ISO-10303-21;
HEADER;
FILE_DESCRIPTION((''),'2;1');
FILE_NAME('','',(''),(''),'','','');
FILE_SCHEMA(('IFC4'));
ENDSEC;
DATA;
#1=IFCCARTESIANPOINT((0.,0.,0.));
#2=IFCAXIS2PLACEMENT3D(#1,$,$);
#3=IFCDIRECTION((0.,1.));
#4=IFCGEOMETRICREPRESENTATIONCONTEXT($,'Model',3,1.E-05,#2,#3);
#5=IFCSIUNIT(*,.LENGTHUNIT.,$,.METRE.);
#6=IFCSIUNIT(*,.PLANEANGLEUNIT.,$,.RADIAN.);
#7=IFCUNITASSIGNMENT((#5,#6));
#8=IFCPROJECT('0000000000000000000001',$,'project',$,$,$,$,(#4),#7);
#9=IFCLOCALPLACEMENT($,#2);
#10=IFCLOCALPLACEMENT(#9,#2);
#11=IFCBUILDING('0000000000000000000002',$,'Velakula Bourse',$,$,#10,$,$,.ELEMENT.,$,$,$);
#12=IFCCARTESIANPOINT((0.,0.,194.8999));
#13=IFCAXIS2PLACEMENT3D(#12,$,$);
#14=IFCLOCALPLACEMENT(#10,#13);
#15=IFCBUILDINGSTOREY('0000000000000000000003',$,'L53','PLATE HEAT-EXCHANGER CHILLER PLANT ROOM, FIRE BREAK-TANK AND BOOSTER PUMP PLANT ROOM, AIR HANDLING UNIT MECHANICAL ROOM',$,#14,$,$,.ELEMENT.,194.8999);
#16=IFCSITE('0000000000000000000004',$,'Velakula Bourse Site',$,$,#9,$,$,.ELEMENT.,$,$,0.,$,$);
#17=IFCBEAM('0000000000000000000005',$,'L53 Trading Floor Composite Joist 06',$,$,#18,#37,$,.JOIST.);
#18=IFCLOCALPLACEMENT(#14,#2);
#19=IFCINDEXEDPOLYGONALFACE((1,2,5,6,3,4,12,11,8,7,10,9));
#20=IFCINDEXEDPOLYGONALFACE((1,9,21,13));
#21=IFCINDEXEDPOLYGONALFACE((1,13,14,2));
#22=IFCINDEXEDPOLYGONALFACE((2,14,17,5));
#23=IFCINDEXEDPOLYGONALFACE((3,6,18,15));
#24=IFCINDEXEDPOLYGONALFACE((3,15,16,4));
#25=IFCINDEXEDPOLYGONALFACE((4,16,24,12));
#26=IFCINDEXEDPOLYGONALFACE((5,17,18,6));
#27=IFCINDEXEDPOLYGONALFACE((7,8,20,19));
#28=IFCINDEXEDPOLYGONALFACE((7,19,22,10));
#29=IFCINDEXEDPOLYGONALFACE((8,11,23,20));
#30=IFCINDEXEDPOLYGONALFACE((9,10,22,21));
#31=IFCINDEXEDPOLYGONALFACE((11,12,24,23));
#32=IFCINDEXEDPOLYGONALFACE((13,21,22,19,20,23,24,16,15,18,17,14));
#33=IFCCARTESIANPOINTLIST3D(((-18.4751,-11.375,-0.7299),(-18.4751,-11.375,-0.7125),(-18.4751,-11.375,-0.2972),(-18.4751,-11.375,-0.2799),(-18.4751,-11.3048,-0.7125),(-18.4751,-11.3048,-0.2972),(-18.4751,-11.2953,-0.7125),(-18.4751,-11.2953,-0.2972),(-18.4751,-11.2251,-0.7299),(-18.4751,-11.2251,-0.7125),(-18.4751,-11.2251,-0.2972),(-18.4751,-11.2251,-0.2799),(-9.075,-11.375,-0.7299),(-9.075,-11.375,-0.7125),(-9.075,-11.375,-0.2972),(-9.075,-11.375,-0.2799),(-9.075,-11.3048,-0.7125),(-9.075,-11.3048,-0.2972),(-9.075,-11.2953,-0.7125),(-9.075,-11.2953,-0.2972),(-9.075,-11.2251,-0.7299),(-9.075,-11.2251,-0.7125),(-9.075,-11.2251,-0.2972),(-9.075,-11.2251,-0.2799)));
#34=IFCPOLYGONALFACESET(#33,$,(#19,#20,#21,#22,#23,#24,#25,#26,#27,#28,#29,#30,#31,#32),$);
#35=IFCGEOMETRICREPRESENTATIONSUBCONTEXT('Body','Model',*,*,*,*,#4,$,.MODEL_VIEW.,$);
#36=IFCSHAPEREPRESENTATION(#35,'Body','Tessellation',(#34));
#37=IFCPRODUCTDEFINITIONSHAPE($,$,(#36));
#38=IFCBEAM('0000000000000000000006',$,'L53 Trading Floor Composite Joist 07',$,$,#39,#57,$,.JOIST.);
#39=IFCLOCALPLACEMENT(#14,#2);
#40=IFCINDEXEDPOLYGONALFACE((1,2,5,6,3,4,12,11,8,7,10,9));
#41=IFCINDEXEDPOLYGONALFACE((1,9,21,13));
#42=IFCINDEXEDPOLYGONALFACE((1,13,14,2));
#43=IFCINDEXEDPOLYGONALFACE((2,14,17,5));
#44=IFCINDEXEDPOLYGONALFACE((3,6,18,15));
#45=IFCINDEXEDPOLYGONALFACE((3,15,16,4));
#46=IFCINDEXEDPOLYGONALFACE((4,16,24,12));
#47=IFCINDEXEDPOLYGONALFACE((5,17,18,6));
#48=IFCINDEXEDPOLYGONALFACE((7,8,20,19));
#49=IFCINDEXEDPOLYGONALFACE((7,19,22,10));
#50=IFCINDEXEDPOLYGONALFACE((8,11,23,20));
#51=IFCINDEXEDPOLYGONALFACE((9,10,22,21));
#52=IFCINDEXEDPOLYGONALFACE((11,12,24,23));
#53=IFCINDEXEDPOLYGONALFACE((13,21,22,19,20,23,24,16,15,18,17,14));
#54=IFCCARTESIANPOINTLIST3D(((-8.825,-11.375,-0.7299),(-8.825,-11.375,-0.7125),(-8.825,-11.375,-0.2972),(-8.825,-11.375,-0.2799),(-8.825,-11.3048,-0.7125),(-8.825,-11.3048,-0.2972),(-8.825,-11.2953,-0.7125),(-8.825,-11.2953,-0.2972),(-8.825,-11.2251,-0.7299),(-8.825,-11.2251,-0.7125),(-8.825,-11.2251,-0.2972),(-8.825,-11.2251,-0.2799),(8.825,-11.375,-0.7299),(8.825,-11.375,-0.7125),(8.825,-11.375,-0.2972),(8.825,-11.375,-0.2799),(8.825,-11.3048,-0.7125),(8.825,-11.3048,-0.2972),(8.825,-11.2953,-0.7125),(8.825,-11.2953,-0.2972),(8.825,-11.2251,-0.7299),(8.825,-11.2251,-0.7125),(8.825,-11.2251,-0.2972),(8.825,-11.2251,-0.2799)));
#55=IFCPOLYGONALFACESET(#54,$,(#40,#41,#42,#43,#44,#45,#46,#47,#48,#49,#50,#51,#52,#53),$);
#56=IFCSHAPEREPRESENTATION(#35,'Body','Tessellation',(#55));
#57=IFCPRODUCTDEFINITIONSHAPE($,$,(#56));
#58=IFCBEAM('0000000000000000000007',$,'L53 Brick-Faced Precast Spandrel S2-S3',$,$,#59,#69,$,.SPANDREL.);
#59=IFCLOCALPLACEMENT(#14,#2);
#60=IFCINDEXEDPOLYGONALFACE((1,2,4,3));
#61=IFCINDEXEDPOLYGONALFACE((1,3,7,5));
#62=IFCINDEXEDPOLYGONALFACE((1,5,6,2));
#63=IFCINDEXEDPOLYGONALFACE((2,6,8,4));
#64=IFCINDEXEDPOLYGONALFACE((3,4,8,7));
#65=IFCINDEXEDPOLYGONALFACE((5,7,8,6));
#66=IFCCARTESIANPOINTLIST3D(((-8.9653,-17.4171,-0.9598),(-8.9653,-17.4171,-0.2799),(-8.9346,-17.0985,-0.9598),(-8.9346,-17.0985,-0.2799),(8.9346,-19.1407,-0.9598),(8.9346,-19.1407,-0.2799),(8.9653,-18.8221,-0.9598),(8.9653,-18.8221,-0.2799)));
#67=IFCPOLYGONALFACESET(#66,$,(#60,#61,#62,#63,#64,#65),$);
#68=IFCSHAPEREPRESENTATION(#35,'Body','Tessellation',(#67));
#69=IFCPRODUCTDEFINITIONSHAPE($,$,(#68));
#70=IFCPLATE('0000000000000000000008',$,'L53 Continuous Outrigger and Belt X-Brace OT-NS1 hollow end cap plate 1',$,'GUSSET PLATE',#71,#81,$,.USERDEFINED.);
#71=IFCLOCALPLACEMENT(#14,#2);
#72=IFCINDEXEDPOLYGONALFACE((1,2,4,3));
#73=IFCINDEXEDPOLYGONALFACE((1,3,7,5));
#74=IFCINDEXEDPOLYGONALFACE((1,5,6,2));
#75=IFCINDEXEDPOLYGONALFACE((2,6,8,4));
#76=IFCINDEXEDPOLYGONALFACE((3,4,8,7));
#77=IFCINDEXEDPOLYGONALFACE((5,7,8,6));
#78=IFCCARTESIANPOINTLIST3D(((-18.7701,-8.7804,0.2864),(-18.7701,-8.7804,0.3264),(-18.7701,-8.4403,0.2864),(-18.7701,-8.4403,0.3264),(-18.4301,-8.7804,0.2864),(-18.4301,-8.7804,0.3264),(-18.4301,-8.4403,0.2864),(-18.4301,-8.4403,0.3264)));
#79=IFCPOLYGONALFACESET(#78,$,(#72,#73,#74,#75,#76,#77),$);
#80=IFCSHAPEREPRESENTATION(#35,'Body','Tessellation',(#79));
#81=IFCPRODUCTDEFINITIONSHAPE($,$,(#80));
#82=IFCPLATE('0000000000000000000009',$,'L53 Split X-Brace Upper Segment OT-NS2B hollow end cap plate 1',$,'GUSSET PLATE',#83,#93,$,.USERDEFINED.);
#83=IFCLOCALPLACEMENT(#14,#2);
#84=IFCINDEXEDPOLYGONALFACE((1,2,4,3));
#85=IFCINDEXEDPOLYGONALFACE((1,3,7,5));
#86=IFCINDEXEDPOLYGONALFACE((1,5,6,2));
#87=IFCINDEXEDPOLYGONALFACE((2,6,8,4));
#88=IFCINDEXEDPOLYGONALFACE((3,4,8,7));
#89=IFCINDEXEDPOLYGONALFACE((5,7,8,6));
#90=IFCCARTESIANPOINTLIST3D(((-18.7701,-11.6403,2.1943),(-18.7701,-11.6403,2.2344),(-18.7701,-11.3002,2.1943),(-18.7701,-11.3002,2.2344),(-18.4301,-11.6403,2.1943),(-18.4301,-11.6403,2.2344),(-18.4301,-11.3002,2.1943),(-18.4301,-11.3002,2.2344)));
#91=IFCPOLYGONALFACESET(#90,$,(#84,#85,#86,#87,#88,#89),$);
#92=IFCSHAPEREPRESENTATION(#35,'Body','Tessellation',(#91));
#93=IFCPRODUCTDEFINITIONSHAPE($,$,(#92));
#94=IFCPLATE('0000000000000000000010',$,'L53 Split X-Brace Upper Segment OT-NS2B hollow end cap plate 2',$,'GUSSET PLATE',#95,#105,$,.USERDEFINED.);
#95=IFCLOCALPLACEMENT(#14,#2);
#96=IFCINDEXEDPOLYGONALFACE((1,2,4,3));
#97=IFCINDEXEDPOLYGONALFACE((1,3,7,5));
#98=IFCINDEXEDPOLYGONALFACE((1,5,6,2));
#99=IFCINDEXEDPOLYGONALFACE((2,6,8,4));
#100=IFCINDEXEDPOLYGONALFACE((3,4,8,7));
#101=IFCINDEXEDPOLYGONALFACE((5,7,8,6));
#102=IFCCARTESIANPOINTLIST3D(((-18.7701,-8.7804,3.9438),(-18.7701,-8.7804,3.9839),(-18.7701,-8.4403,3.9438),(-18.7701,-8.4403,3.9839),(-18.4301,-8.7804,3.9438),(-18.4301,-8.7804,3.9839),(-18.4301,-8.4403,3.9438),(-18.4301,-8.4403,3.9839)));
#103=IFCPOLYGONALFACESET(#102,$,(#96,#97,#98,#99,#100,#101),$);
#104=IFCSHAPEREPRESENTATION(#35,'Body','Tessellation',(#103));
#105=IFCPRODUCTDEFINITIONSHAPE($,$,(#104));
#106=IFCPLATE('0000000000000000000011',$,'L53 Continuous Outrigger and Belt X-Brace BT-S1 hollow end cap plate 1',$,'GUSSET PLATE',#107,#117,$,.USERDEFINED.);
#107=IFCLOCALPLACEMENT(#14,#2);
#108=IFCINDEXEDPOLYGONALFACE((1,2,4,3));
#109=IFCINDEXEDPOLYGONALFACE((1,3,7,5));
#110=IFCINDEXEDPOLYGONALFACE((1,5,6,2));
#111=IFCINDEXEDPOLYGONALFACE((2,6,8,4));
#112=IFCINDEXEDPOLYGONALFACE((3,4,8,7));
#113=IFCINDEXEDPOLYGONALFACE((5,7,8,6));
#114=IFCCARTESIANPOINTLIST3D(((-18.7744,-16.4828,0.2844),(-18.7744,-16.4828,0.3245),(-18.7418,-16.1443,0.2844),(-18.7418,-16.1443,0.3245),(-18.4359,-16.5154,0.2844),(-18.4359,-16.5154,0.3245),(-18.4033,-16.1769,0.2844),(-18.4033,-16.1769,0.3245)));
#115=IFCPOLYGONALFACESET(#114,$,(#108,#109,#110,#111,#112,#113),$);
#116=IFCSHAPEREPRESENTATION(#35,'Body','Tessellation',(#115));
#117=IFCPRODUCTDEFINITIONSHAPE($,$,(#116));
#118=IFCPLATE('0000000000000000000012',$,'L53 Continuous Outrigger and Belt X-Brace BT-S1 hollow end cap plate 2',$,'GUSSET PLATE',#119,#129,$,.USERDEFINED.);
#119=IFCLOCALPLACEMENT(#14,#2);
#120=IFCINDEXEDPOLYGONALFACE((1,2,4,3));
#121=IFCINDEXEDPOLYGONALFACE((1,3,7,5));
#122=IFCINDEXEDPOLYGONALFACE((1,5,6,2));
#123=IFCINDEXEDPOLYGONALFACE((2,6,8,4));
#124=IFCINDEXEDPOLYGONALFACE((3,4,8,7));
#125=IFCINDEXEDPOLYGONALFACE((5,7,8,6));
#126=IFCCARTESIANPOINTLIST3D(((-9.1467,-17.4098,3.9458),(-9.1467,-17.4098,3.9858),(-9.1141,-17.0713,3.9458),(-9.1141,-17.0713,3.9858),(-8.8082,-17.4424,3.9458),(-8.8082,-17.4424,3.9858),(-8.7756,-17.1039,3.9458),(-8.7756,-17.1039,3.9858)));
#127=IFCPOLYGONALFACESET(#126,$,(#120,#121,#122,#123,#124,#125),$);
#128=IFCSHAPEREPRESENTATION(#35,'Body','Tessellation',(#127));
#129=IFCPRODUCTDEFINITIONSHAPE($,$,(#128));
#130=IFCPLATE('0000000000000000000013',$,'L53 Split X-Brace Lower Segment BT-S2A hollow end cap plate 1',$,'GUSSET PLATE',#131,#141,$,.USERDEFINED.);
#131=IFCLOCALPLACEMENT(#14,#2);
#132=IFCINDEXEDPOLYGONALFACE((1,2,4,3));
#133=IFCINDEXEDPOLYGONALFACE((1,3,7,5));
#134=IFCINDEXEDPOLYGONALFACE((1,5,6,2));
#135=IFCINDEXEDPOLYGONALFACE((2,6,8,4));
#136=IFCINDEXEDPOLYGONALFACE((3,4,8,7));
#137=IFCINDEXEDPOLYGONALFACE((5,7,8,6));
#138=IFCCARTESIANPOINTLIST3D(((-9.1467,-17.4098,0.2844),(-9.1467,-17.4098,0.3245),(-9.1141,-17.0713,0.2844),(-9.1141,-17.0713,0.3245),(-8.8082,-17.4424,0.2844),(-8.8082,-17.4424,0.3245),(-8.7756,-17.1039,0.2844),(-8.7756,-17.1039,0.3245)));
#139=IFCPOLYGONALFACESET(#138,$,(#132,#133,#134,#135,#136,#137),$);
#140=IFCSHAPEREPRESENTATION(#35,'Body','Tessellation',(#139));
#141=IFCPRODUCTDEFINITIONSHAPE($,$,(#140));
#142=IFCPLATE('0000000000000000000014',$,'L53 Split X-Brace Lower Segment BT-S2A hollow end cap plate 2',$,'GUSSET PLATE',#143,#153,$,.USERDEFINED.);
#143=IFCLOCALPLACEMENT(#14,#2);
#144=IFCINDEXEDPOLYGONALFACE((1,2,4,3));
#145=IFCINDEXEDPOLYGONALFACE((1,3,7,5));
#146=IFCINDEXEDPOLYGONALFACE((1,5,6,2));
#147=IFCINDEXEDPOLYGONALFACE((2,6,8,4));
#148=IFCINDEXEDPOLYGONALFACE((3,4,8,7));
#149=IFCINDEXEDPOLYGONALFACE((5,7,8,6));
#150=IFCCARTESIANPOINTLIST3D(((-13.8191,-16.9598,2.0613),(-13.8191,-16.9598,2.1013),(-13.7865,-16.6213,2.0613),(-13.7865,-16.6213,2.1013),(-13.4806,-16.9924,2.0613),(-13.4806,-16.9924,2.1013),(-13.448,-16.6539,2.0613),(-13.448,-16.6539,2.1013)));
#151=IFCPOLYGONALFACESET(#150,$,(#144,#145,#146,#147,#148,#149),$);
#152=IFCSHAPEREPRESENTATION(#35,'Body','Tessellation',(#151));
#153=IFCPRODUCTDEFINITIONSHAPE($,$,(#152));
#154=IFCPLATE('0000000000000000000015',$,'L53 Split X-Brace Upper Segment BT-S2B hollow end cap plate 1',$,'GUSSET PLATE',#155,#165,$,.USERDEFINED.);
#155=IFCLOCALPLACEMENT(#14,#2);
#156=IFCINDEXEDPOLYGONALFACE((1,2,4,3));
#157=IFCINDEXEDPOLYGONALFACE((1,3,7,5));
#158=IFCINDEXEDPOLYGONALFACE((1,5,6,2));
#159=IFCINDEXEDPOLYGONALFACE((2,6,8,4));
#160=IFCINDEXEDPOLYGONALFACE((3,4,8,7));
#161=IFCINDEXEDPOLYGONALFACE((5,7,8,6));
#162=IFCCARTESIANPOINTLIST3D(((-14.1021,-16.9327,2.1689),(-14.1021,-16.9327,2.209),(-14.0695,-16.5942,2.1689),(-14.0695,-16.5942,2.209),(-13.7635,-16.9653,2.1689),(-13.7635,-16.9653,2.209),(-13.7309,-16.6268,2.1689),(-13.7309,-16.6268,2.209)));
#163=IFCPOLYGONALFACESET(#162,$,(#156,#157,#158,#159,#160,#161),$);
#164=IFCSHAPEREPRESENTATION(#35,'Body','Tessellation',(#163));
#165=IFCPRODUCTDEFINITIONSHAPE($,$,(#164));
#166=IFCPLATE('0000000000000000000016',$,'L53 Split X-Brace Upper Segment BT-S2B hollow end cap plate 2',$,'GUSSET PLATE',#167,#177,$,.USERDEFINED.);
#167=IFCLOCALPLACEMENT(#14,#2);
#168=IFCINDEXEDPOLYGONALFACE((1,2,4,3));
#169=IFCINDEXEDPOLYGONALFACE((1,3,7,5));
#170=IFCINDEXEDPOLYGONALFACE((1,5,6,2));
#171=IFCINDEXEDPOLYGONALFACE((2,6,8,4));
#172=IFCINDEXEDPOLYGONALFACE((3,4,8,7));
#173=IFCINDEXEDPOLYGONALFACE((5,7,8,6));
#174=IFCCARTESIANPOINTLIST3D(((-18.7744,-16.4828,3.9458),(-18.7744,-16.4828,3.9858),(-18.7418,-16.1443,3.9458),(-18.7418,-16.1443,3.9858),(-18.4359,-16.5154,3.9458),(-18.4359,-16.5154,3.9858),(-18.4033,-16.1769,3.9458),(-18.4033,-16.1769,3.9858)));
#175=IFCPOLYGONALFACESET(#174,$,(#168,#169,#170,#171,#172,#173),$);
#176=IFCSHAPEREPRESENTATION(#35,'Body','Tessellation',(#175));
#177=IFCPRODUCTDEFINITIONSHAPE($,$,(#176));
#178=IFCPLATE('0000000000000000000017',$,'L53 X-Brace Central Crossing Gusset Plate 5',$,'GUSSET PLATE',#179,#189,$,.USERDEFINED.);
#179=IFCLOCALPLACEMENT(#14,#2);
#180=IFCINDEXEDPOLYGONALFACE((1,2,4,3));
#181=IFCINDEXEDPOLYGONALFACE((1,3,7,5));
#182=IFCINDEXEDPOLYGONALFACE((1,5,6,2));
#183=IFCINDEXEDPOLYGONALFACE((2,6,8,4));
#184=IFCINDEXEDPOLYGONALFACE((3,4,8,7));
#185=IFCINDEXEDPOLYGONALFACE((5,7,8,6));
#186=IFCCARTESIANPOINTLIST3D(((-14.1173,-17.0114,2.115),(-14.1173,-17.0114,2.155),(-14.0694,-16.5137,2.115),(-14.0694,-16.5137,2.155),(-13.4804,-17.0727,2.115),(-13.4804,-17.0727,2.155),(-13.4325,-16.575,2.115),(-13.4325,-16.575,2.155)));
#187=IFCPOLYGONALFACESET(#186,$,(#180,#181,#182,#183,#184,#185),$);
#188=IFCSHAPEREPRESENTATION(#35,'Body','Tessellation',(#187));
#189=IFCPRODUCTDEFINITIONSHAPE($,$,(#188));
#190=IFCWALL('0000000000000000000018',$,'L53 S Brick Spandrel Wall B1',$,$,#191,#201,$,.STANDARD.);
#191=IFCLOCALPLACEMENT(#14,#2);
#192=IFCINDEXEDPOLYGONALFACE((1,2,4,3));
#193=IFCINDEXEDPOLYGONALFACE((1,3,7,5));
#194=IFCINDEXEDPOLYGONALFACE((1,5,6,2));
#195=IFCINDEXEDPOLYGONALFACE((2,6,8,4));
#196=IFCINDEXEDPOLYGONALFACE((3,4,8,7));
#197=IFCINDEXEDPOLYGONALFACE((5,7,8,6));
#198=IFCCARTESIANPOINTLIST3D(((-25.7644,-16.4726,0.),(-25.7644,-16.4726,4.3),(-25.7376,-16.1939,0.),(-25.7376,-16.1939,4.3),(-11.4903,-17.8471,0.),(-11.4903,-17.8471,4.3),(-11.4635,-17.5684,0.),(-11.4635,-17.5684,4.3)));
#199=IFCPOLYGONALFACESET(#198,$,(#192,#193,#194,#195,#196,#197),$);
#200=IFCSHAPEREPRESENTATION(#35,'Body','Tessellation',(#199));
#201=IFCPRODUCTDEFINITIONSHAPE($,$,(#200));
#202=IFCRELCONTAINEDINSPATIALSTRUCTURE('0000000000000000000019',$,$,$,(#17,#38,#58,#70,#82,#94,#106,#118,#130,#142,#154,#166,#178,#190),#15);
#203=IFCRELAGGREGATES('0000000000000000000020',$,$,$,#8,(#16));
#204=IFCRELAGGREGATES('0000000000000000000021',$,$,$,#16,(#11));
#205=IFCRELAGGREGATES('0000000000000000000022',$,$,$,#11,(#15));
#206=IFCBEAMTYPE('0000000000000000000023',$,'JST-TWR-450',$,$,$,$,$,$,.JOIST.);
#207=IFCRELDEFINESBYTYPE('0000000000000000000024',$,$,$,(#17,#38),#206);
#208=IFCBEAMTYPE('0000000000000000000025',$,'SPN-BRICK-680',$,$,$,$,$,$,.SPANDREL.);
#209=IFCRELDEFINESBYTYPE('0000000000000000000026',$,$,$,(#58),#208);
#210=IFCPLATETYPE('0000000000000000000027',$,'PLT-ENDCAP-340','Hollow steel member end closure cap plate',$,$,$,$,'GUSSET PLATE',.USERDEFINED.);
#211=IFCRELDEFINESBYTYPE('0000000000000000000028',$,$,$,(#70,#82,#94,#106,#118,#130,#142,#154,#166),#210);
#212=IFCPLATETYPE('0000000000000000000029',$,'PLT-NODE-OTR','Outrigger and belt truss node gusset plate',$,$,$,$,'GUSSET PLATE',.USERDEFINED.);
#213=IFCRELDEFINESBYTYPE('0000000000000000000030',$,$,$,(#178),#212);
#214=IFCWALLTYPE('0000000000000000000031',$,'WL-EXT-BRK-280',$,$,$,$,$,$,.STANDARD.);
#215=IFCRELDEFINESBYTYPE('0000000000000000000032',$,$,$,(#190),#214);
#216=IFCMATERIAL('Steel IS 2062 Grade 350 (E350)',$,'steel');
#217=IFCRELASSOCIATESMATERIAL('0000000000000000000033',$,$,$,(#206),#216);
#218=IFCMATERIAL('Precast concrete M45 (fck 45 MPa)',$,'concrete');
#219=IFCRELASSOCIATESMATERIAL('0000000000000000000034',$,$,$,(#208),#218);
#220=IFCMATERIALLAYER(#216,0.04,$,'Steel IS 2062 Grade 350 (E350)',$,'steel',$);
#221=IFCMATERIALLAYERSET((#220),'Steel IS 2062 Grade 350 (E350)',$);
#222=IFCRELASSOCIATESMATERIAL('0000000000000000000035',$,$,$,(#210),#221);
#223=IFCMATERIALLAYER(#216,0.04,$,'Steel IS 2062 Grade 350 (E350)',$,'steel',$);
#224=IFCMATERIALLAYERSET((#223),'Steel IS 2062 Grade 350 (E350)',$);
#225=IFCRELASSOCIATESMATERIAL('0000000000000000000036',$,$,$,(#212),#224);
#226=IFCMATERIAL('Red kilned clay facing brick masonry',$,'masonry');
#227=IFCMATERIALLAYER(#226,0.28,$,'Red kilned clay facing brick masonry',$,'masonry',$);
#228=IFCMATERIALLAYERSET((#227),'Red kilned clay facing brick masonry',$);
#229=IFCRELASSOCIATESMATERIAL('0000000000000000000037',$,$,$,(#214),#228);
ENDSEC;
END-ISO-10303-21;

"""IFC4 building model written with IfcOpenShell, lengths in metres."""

from ifc_helpers import new_model, si_unit, direction, frame, frame_2d, origin, origin_2d, place, context, subcontext, project, spatial, rectangle, i_section, extrude, material, layer, layer_set, material_profile, profile_set, type_object, element, save


model = new_model("IFC4")

# Units and contexts
model_context = context("Model", 3, precision=1e-05, world=origin(), true_north=direction((0.0, 1.0)))
body_context = subcontext(model_context, "Body", "Model", "MODEL_VIEW")
ifc_project = project(units=[si_unit("LENGTHUNIT", "METRE"), si_unit("PLANEANGLEUNIT", "RADIAN")], contexts=[model_context])

# Site, building, storey
site_placement = place(None, origin())
site = spatial("IfcSite", under=ifc_project, at=site_placement, Name="Velakula Bourse Site", CompositionType="ELEMENT", RefElevation=0.0)
building_placement = place(site_placement, origin())
building = spatial("IfcBuilding", under=site, at=building_placement, Name="Velakula Bourse", CompositionType="ELEMENT")
storey_placement = place(building_placement, frame((0.0, 0.0, 194.8999)))
storey = spatial("IfcBuildingStorey", under=building, at=storey_placement, Name="L53", Description="PLATE HEAT-EXCHANGER CHILLER PLANT ROOM, FIRE BREAK-TANK AND BOOSTER PUMP PLANT ROOM, AIR HANDLING UNIT MECHANICAL ROOM", CompositionType="ELEMENT", Elevation=194.8999)

# Shared definitions
ifc_material_1 = material(Name="Steel IS 2062 Grade 350 (E350)", Category="steel")

# Beams
ifc_material_profile_1 = material_profile(ifc_material_1, i_section(OverallWidth=0.1499, OverallDepth=0.45, WebThickness=0.0095, FlangeThickness=0.0173, at=origin_2d()), Name="Steel IS 2062 Grade 350 (E350)")
ifc_profile_set_1 = profile_set([ifc_material_profile_1], Name="Steel IS 2062 Grade 350 (E350)")
beam_type_1 = type_object("IfcBeamType", Name="JST-TWR-450", PredefinedType="JOIST", material=ifc_profile_set_1)
beam_1_placement = place(storey_placement, frame((-18.4751, -11.3, -0.5049), z_axis=(1.0, 0.0, 0.0), x_axis=(0.0, 1.0, 0.0)))
element("IfcBeam", 1, at=beam_1_placement, inside=storey, type_object=beam_type_1, Name="L53 Trading Floor Composite Joist 06", PredefinedType="JOIST", context=body_context, shape_type="SweptSolid", body=[
    extrude(i_section(OverallWidth=0.1499, OverallDepth=0.45, WebThickness=0.0095, FlangeThickness=0.0173, at=origin_2d()), origin(), (0.0, 0.0, 1.0), 9.4001),
])
beam_2_placement = place(storey_placement, frame((-8.825, -11.3, -0.5049), z_axis=(1.0, 0.0, 0.0), x_axis=(0.0, 1.0, 0.0)))
element("IfcBeam", 2, at=beam_2_placement, inside=storey, type_object=beam_type_1, Name="L53 Trading Floor Composite Joist 07", PredefinedType="JOIST", context=body_context, shape_type="SweptSolid", body=[
    extrude(i_section(OverallWidth=0.1499, OverallDepth=0.45, WebThickness=0.0095, FlangeThickness=0.0173, at=origin_2d()), origin(), (0.0, 0.0, 1.0), 17.6499),
])
ifc_material_2 = material(Name="Precast concrete M45 (fck 45 MPa)", Category="concrete")
ifc_material_profile_2 = material_profile(ifc_material_2, rectangle(XDim=0.3201, YDim=0.6799, at=origin_2d()), Name="Precast concrete M45 (fck 45 MPa)")
ifc_profile_set_2 = profile_set([ifc_material_profile_2], Name="Precast concrete M45 (fck 45 MPa)")
beam_type_2 = type_object("IfcBeamType", Name="SPN-BRICK-680", PredefinedType="SPANDREL", material=ifc_profile_set_2)
beam_3_placement = place(storey_placement, frame((-8.95, -17.2578, -0.6199), z_axis=(0.995396, -0.09585, 0.0), x_axis=(0.09585, 0.995396, 0.0)))
element("IfcBeam", 3, at=beam_3_placement, inside=storey, type_object=beam_type_2, Name="L53 Brick-Faced Precast Spandrel S2-S3", PredefinedType="SPANDREL", context=body_context, shape_type="SweptSolid", body=[
    extrude(rectangle(XDim=0.3201, YDim=0.6799, at=origin_2d()), origin(), (0.0, 0.0, 1.0), 17.9827),
])

# Plates
ifc_layer_1 = layer(ifc_material_1, 0.04, Name="Steel IS 2062 Grade 350 (E350)", Category="steel")
ifc_layer_set_1 = layer_set([ifc_layer_1], Name="Steel IS 2062 Grade 350 (E350)")
plate_type_1 = type_object("IfcPlateType", Name="PLT-ENDCAP-340", Description="Hollow steel member end closure cap plate", ElementType="GUSSET PLATE", PredefinedType="USERDEFINED", material=ifc_layer_set_1)
for number, where, z_axis, x_axis, name in (
    (4, (-18.6001, -8.6104, 0.2864), (0.0, 0.0, 1.0), (0.0, -1.0, 0.0), "L53 Continuous Outrigger and Belt X-Brace OT-NS1 hollow end cap plate 1"),
    (5, (-18.6001, -11.4702, 2.1943), (0.0, 0.0, 1.0), (0.0, 1.0, 0.0), "L53 Split X-Brace Upper Segment OT-NS2B hollow end cap plate 1"),
    (6, (-18.6001, -8.6104, 3.9438), (0.0, 0.0, 1.0), (0.0, 1.0, 0.0), "L53 Split X-Brace Upper Segment OT-NS2B hollow end cap plate 2"),
    (7, (-18.5889, -16.3298, 0.2844), (0.0, 0.0, 1.0), (0.995396, -0.095846, 0.0), "L53 Continuous Outrigger and Belt X-Brace BT-S1 hollow end cap plate 1"),
    (8, (-8.9612, -17.2568, 3.9458), (0.0, 0.0, 1.0), (0.995396, -0.095846, 0.0), "L53 Continuous Outrigger and Belt X-Brace BT-S1 hollow end cap plate 2"),
    (9, (-8.9612, -17.2568, 0.2844), (0.0, 0.0, 1.0), (-0.995396, 0.095846, 0.0), "L53 Split X-Brace Lower Segment BT-S2A hollow end cap plate 1"),
    (10, (-13.6335, -16.8069, 2.0613), (0.0, 0.0, 1.0), (-0.995396, 0.095846, 0.0), "L53 Split X-Brace Lower Segment BT-S2A hollow end cap plate 2"),
    (11, (-13.9165, -16.7798, 2.1689), (0.0, 0.0, 1.0), (-0.995396, 0.095846, 0.0), "L53 Split X-Brace Upper Segment BT-S2B hollow end cap plate 1"),
    (12, (-18.5889, -16.3298, 3.9458), (0.0, 0.0, 1.0), (-0.995396, 0.095846, 0.0), "L53 Split X-Brace Upper Segment BT-S2B hollow end cap plate 2"),
):
    element("IfcPlate", number, at=place(storey_placement, frame(where, z_axis=z_axis, x_axis=x_axis)), inside=storey, type_object=plate_type_1, Name=name, ObjectType="GUSSET PLATE", PredefinedType="USERDEFINED", context=body_context, shape_type="SweptSolid", body=[
        extrude(rectangle(XDim=0.3401, YDim=0.3401, at=origin_2d()), origin(), (0.0, 0.0, 1.0), 0.04),
    ])
ifc_layer_2 = layer(ifc_material_1, 0.04, Name="Steel IS 2062 Grade 350 (E350)", Category="steel")
ifc_layer_set_2 = layer_set([ifc_layer_2], Name="Steel IS 2062 Grade 350 (E350)")
plate_type_2 = type_object("IfcPlateType", Name="PLT-NODE-OTR", Description="Outrigger and belt truss node gusset plate", ElementType="GUSSET PLATE", PredefinedType="USERDEFINED", material=ifc_layer_set_2)
plate_placement = place(storey_placement, frame((-13.7749, -16.7932, 2.115), z_axis=(0.0, 0.0, 1.0), x_axis=(0.995396, -0.095846, 0.0)))
element("IfcPlate", 13, at=plate_placement, inside=storey, type_object=plate_type_2, Name="L53 X-Brace Central Crossing Gusset Plate 5", ObjectType="GUSSET PLATE", PredefinedType="USERDEFINED", context=body_context, shape_type="SweptSolid", body=[
    extrude(rectangle(XDim=0.6399, YDim=0.5, at=origin_2d()), origin(), (0.0, 0.0, 1.0), 0.04),
])

# Wall
ifc_material_3 = material(Name="Red kilned clay facing brick masonry", Category="masonry")
ifc_layer_3 = layer(ifc_material_3, 0.28, Name="Red kilned clay facing brick masonry", Category="masonry")
ifc_layer_set_3 = layer_set([ifc_layer_3], Name="Red kilned clay facing brick masonry")
wall_type = type_object("IfcWallType", Name="WL-EXT-BRK-280", PredefinedType="STANDARD", material=ifc_layer_set_3)
wall_placement = place(storey_placement, frame((-11.4771, -17.7078, 0.0), z_axis=(0.0, 0.0, 1.0), x_axis=(-0.995396, 0.09585, 0.0)))
element("IfcWall", 14, at=wall_placement, inside=storey, type_object=wall_type, Name="L53 S Brick Spandrel Wall B1", PredefinedType="STANDARD", context=body_context, shape_type="SweptSolid", body=[
    extrude(rectangle(XDim=14.3401, YDim=0.28, at=frame_2d((7.1699, 0.0))), origin(), (0.0, 0.0, 1.0), 4.3),
])

save(model, "model.ifc")
